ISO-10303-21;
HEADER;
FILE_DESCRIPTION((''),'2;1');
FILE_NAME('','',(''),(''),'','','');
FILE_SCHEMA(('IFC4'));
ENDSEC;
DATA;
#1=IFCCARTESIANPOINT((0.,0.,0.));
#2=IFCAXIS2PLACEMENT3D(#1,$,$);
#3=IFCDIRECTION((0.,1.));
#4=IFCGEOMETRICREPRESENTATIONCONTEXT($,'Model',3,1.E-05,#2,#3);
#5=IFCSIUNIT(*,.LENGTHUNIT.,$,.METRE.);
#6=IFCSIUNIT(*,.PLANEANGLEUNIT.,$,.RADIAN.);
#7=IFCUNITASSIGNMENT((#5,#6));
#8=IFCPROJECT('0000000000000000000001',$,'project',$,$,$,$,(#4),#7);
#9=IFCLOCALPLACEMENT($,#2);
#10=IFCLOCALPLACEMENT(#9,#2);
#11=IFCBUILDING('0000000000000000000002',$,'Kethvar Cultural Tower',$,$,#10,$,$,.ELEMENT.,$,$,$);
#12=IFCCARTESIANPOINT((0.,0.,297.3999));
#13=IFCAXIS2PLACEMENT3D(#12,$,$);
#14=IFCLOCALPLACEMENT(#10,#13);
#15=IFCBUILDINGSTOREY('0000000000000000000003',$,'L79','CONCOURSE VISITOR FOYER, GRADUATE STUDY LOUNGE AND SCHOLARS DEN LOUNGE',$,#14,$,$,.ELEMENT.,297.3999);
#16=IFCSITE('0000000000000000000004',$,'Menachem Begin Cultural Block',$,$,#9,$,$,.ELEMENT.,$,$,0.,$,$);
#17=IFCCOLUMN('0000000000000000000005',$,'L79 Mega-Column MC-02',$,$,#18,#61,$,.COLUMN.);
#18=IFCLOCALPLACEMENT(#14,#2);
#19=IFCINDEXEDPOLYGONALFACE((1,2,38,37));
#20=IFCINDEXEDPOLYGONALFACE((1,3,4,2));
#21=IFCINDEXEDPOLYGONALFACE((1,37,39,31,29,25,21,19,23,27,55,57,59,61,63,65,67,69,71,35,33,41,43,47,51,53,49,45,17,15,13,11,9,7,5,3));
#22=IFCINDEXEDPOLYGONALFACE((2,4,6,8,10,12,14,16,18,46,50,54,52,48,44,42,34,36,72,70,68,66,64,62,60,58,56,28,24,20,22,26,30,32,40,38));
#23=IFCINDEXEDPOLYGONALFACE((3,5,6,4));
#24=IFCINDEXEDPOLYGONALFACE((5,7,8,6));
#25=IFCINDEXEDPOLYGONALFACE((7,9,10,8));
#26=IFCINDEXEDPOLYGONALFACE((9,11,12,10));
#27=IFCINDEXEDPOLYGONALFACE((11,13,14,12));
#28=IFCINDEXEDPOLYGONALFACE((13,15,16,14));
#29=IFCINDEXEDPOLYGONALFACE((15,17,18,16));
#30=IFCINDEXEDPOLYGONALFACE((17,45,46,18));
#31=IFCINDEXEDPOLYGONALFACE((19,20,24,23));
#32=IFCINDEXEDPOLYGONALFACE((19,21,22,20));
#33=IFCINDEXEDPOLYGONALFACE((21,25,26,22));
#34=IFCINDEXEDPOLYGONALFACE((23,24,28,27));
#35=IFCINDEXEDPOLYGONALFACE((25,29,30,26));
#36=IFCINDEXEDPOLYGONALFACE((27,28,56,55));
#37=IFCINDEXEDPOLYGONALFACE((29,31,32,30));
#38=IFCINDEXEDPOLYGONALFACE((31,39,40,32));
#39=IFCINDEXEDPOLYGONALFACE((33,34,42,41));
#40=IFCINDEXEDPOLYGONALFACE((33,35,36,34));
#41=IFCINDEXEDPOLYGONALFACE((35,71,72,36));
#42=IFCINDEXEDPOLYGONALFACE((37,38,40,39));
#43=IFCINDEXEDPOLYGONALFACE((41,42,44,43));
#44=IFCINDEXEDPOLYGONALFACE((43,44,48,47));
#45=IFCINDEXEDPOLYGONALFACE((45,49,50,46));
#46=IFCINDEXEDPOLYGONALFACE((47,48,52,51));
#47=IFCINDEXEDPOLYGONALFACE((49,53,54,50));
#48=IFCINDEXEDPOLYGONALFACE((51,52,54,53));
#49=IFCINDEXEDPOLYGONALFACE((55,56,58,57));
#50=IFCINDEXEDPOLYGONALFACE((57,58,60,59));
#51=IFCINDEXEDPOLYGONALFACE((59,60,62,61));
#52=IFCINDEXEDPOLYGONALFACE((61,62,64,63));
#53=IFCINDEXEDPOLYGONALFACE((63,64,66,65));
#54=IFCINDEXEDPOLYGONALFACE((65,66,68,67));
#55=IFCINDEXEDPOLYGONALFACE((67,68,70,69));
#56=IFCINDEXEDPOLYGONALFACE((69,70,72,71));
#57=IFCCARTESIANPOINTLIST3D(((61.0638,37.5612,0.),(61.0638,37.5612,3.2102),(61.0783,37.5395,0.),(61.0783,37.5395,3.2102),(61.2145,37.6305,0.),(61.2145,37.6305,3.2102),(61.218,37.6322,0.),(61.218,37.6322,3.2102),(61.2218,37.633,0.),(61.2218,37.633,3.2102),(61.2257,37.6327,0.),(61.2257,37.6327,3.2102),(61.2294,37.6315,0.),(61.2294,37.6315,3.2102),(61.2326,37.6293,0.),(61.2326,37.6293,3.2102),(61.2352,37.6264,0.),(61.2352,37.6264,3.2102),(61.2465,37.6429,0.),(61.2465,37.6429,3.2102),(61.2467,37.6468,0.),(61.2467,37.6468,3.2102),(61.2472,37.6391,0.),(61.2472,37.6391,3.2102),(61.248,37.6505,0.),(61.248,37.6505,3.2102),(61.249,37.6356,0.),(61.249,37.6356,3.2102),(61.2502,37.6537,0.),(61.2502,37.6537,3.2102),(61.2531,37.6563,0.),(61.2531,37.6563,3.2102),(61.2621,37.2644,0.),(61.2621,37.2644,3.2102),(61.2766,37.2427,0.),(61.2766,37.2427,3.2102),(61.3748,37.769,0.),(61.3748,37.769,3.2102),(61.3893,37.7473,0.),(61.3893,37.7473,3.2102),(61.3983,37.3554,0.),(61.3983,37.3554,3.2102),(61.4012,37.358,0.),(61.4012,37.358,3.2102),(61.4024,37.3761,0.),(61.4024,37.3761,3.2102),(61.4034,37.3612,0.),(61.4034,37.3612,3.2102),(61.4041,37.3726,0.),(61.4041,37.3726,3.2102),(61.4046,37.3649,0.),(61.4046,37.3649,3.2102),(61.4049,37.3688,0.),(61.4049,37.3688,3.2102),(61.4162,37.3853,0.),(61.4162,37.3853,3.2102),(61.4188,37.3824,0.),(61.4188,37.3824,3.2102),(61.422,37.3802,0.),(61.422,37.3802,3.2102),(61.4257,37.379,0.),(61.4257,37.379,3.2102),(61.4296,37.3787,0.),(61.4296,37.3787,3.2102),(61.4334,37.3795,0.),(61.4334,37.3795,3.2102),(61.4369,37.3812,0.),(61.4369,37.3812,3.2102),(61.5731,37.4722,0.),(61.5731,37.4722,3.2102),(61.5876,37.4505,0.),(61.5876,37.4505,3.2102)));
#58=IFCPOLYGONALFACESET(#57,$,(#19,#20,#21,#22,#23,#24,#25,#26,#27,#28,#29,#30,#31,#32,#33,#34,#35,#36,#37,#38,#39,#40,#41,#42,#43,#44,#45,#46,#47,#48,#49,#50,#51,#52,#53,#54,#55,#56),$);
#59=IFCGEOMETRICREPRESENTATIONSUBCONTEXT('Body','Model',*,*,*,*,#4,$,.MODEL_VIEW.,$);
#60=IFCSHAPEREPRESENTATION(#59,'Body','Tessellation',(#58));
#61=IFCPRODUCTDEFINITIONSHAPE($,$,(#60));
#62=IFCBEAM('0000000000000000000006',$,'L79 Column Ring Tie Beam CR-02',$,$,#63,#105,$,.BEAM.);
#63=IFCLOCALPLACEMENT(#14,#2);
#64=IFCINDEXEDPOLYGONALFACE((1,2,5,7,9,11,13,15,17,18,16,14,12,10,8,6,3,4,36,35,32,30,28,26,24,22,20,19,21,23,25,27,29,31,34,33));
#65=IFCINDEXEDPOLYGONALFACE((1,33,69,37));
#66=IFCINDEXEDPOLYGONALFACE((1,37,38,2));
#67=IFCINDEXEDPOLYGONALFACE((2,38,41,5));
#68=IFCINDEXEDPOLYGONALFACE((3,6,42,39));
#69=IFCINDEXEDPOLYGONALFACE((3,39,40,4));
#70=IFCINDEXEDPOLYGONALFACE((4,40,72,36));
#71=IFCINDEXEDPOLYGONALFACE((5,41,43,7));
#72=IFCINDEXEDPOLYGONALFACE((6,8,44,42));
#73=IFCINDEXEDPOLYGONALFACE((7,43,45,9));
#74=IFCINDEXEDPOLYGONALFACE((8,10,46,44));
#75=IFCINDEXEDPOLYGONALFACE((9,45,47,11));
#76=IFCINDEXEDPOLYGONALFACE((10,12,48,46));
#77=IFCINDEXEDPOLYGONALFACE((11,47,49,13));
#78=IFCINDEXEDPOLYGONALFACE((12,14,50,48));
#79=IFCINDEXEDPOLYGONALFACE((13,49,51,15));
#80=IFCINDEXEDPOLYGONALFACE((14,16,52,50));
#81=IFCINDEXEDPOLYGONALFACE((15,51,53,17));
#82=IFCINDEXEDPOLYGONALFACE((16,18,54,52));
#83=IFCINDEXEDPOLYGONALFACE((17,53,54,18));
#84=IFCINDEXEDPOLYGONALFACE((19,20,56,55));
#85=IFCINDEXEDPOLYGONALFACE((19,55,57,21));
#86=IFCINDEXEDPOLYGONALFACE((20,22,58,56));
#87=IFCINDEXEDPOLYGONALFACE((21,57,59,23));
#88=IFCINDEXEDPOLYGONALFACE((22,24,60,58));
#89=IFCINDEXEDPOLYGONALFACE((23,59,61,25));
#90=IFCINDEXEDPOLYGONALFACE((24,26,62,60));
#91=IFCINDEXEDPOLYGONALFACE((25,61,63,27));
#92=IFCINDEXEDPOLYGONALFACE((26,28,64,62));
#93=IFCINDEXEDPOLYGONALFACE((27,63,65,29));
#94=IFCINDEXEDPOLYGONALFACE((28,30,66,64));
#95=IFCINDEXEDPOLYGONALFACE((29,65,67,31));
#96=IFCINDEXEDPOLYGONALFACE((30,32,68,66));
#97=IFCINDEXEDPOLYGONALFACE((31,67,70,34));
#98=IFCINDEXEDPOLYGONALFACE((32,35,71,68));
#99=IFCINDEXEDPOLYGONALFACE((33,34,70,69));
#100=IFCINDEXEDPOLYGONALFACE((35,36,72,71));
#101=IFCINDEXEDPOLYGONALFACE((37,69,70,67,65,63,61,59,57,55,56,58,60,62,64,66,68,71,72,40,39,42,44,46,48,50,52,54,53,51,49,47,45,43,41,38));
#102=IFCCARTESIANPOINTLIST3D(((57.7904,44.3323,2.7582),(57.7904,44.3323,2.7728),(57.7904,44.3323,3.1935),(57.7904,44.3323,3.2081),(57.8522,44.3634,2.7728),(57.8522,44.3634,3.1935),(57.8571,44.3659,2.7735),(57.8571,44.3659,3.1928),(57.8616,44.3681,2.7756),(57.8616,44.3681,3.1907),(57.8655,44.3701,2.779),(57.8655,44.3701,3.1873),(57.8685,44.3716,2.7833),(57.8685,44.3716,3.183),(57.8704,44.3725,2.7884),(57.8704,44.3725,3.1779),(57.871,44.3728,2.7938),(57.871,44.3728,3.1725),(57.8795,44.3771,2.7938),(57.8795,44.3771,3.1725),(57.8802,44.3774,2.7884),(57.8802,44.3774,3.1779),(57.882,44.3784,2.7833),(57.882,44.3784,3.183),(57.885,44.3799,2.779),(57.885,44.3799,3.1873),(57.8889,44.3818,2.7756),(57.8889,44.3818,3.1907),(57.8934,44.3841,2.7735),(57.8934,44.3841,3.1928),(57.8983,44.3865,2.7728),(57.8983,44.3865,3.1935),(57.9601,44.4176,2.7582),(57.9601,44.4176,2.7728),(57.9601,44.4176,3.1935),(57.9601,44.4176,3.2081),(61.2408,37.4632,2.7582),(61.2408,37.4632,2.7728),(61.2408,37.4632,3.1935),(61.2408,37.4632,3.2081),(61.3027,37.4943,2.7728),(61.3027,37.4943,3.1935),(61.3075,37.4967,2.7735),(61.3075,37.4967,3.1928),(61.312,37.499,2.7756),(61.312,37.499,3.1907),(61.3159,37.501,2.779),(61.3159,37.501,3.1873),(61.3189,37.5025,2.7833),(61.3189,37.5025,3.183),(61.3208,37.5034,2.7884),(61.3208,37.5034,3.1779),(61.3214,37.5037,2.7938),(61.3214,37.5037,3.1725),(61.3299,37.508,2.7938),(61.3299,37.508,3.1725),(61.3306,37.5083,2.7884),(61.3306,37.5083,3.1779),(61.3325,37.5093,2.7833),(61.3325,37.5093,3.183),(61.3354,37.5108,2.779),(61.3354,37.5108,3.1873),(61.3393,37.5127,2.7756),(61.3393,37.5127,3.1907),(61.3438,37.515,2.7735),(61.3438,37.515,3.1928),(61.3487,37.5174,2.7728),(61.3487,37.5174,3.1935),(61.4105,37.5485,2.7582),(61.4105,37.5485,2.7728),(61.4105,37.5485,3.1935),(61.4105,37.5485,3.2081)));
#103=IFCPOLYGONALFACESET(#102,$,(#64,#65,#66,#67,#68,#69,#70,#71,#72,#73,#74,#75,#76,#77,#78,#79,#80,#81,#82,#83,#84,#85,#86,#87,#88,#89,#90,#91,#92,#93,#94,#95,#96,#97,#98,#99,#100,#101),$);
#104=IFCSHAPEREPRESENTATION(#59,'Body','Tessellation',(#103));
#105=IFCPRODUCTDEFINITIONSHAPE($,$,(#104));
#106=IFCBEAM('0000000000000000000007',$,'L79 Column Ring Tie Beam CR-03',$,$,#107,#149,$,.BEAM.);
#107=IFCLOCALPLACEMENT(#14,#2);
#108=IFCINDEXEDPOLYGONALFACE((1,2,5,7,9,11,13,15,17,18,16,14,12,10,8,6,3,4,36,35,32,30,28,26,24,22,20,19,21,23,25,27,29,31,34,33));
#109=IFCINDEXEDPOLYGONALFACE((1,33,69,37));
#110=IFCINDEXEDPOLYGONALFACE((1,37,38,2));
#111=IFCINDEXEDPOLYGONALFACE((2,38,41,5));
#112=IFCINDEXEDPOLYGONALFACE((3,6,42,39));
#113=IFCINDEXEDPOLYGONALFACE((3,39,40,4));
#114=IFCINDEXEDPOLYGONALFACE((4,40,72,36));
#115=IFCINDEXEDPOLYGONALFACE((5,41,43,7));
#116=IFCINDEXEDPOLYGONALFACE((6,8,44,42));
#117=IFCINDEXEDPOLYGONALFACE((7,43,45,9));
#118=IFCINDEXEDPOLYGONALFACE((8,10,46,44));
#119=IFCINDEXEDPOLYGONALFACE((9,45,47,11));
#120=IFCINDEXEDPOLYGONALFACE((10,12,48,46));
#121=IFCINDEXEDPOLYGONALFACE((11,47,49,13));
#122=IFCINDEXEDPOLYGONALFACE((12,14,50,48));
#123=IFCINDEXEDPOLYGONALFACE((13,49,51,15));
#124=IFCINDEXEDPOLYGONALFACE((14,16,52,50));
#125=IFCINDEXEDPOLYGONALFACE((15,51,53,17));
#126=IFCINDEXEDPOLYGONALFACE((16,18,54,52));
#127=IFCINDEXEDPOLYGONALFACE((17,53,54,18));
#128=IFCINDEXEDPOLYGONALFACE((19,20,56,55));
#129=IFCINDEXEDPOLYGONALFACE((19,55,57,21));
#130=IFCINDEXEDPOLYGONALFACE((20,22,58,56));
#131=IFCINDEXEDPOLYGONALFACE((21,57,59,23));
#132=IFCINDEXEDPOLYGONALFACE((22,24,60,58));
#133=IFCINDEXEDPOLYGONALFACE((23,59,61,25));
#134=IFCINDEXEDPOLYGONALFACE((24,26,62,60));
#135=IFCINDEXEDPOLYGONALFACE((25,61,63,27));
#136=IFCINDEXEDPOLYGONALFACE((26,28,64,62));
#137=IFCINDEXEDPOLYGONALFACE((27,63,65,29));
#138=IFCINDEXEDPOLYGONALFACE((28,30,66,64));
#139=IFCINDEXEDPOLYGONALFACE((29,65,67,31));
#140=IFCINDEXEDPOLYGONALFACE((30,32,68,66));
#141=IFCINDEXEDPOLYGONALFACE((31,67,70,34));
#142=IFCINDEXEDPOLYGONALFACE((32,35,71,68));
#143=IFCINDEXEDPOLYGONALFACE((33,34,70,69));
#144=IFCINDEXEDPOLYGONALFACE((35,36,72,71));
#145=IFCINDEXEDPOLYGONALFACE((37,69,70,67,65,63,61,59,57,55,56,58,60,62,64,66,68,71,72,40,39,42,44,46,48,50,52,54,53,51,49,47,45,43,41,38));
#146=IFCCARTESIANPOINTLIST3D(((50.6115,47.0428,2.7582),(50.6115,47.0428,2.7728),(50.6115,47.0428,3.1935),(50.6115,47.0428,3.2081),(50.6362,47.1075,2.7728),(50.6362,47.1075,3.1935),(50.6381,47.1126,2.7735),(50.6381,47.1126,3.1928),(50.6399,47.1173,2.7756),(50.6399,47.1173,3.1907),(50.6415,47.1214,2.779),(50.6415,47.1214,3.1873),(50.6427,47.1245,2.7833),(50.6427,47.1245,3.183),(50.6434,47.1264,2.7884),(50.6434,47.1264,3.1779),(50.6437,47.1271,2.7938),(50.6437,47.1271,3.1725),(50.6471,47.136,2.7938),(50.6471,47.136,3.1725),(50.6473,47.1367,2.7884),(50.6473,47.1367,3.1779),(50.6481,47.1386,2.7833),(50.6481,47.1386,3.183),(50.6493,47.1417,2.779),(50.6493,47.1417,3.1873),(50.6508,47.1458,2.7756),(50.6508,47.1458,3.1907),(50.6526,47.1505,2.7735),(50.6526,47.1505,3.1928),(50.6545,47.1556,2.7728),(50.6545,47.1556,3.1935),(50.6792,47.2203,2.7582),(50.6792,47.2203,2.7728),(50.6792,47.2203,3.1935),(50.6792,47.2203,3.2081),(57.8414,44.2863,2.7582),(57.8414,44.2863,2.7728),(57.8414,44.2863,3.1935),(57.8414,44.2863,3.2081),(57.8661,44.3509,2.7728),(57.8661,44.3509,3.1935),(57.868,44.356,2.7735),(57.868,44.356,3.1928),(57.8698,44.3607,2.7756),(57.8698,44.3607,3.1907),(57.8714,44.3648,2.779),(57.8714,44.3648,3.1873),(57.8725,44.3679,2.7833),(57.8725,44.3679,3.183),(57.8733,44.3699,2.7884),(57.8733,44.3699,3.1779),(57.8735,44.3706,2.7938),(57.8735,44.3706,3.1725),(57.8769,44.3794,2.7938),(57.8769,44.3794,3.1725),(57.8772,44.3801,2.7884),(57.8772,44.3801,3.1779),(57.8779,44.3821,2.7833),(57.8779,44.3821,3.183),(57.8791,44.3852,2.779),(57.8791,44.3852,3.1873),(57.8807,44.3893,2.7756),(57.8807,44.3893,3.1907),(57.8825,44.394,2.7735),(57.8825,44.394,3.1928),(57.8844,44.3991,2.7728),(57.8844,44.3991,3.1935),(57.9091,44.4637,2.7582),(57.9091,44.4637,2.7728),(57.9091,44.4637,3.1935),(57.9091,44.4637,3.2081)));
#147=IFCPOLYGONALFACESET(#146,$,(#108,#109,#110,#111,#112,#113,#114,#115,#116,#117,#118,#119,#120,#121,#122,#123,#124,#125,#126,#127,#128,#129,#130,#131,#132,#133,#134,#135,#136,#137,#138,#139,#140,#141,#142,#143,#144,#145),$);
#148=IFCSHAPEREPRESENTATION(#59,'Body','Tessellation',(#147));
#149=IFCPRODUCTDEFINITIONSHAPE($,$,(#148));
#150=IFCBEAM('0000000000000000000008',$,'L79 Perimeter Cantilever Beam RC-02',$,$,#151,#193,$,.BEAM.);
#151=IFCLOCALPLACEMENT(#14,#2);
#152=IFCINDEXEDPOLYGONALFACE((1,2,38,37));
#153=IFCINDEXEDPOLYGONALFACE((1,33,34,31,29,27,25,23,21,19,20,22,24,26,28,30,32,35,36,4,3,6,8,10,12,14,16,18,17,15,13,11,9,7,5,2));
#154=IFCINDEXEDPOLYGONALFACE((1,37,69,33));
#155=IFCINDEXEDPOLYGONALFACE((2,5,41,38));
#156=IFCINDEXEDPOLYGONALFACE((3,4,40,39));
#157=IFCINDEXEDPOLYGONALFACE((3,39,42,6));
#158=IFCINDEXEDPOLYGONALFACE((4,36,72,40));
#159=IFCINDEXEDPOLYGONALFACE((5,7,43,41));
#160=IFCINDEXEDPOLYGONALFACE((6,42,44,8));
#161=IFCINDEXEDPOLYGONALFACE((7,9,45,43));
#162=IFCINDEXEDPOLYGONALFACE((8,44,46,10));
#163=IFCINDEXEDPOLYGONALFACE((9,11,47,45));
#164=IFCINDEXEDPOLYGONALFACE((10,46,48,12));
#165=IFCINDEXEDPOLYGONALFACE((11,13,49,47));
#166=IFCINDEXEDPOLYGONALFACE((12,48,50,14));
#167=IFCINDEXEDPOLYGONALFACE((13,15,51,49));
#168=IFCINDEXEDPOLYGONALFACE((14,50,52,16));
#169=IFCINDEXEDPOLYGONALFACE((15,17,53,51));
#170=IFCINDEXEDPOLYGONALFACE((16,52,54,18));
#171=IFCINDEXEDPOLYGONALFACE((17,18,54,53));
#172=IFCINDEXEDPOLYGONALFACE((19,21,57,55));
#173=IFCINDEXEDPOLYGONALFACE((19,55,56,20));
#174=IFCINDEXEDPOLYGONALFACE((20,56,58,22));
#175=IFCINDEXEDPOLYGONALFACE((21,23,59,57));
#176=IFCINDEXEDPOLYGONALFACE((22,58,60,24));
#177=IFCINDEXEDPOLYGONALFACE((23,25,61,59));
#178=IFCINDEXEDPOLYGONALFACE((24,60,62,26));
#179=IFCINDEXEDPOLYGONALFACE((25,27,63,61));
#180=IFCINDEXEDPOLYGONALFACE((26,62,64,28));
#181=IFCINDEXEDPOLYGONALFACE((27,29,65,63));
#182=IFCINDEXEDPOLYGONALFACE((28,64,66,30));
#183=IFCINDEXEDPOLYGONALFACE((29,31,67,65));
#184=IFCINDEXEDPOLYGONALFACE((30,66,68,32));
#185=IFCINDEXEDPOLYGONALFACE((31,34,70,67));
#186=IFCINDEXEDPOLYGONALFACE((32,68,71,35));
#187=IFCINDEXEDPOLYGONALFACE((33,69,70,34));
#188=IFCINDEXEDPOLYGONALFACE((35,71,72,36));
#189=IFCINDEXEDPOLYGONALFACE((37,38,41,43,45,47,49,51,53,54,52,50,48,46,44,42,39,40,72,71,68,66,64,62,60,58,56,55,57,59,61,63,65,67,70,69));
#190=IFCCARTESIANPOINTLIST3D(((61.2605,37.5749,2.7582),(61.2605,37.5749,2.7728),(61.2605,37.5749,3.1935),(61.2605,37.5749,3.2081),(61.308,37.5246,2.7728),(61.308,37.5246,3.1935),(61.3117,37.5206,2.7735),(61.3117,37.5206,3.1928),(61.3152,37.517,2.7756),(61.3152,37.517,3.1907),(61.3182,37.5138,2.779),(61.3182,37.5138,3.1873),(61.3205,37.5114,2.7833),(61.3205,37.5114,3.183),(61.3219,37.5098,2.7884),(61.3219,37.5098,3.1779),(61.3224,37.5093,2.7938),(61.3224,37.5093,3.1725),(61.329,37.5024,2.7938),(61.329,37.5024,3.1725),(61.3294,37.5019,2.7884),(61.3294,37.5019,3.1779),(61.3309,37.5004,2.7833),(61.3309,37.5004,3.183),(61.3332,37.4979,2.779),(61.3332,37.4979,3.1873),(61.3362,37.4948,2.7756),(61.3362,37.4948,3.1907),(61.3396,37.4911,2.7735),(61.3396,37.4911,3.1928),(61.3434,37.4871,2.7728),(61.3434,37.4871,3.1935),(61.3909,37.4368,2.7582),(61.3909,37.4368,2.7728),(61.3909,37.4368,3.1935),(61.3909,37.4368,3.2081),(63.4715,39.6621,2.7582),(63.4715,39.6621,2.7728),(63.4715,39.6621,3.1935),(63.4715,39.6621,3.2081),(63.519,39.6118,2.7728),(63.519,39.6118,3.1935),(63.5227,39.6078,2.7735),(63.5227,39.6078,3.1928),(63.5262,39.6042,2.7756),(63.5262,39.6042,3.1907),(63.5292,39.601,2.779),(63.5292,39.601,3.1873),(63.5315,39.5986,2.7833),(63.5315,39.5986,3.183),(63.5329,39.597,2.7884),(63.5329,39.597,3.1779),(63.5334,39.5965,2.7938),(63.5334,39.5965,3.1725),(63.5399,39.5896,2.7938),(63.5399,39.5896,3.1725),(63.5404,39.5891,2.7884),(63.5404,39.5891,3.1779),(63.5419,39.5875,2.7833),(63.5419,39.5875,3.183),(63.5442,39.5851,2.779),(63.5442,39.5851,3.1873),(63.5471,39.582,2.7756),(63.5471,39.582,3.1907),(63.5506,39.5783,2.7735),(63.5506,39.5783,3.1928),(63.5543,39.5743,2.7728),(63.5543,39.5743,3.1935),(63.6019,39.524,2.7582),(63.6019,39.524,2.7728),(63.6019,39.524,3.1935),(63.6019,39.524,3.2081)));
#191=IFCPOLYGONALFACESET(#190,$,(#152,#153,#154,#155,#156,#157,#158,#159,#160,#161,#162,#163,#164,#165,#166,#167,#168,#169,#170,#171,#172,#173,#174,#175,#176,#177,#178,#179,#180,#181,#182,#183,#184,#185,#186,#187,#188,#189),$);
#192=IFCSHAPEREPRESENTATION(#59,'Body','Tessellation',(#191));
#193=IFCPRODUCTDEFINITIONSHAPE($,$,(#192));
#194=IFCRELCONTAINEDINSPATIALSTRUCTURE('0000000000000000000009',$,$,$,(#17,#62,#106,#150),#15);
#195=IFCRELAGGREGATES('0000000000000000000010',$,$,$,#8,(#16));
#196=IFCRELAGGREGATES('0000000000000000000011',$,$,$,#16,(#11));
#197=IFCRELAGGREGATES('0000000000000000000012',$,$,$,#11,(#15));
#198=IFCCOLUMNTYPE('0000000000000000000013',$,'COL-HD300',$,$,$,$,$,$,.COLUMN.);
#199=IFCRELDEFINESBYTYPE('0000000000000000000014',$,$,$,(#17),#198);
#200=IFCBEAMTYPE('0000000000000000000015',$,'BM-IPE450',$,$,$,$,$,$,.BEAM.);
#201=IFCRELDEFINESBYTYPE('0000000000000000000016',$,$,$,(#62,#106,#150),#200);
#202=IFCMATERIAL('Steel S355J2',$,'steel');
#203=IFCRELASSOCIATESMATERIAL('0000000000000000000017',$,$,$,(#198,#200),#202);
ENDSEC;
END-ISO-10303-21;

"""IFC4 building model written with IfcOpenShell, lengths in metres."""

from ifc_helpers import new_model, si_unit, direction, frame, origin, origin_2d, place, context, subcontext, project, spatial, i_section, extrude, source, transform, mapped, material, material_profile, profile_set, type_object, element, save


model = new_model("IFC4")

# Units and contexts
model_context = context("Model", 3, precision=1e-05, world=origin(), true_north=direction((0.0, 1.0)))
body_context = subcontext(model_context, "Body", "Model", "MODEL_VIEW")
ifc_project = project(units=[si_unit("LENGTHUNIT", "METRE"), si_unit("PLANEANGLEUNIT", "RADIAN")], contexts=[model_context])

# Site, building, storey
site_placement = place(None, origin())
site = spatial("IfcSite", under=ifc_project, at=site_placement, Name="Menachem Begin Cultural Block", CompositionType="ELEMENT", RefElevation=0.0)
building_placement = place(site_placement, origin())
building = spatial("IfcBuilding", under=site, at=building_placement, Name="Kethvar Cultural Tower", CompositionType="ELEMENT")
storey_placement = place(building_placement, frame((0.0, 0.0, 297.3999)))
storey = spatial("IfcBuildingStorey", under=building, at=storey_placement, Name="L79", Description="CONCOURSE VISITOR FOYER, GRADUATE STUDY LOUNGE AND SCHOLARS DEN LOUNGE", CompositionType="ELEMENT", Elevation=297.3999)

# Column
ifc_material_1 = material(Name="Steel S355J2", Category="steel")
ifc_material_profile_1 = material_profile(ifc_material_1, i_section(OverallWidth=0.374, OverallDepth=0.3831, WebThickness=0.0166, FlangeThickness=0.0261, FilletRadius=0.0149, at=origin_2d()), Name="Steel S355J2 — HD360x300")
ifc_profile_set_1 = profile_set([ifc_material_profile_1], Name="Steel S355J2 — HD360x300")
column_type = type_object("IfcColumnType", Name="COL-HD300", PredefinedType="COLUMN", material=ifc_profile_set_1)
shared_shape_1 = source(origin(), body_context, "Body", "SweptSolid", [
    extrude(i_section(OverallWidth=0.374, OverallDepth=0.3831, WebThickness=0.0166, FlangeThickness=0.0261, FilletRadius=0.0149, at=origin_2d()), origin(), (0.0, 0.0, 1.0), 3.2102),
])
column_placement = place(storey_placement, frame((61.3257, 37.5059, 0.0), z_axis=(0.0, 0.0, 1.0), x_axis=(0.83147, 0.55557, 0.0)))
element("IfcColumn", 1, at=column_placement, inside=storey, type_object=column_type, Name="L79 Mega-Column MC-02", PredefinedType="COLUMN", context=body_context, shape_type="MappedRepresentation", body=[
    mapped(shared_shape_1, transform((0.0, 0.0, 0.0), scale=1.0)),
])

# Beams
ifc_material_profile_2 = material_profile(ifc_material_1, i_section(OverallWidth=0.1899, OverallDepth=0.45, WebThickness=0.0095, FlangeThickness=0.0146, FilletRadius=0.021, at=origin_2d()), Name="Steel S355J2 — IPE450")
ifc_profile_set_2 = profile_set([ifc_material_profile_2], Name="Steel S355J2 — IPE450")
beam_type_1 = type_object("IfcBeamType", Name="BM-IPE450", PredefinedType="BEAM", material=ifc_profile_set_2)
shared_shape_2 = source(origin(), body_context, "Body", "SweptSolid", [
    extrude(i_section(OverallWidth=0.1899, OverallDepth=0.45, WebThickness=0.0095, FlangeThickness=0.0146, FilletRadius=0.021, at=origin_2d()), origin(), (0.0, 0.0, 1.0), 7.687),
])
beam_1_placement = place(storey_placement, frame((61.3257, 37.5059, 2.9832), z_axis=(-0.448864, 0.8936, 0.0), x_axis=(-0.8936, -0.448864, 0.0)))
element("IfcBeam", 2, at=beam_1_placement, inside=storey, type_object=beam_type_1, Name="L79 Column Ring Tie Beam CR-02", PredefinedType="BEAM", context=body_context, shape_type="MappedRepresentation", body=[
    mapped(shared_shape_2, transform((0.0, 0.0, 0.0), scale=1.0)),
])
shared_shape_3 = source(origin(), body_context, "Body", "SweptSolid", [
    extrude(i_section(OverallWidth=0.1899, OverallDepth=0.45, WebThickness=0.0095, FlangeThickness=0.0146, FilletRadius=0.021, at=origin_2d()), origin(), (0.0, 0.0, 1.0), 7.7375),
])
beam_2_placement = place(storey_placement, frame((57.8752, 44.375, 2.9832), z_axis=(-0.934388, 0.356256, 0.0), x_axis=(-0.356256, -0.934388, 0.0)))
element("IfcBeam", 3, at=beam_2_placement, inside=storey, type_object=beam_type_1, Name="L79 Column Ring Tie Beam CR-03", PredefinedType="BEAM", context=body_context, shape_type="MappedRepresentation", body=[
    mapped(shared_shape_3, transform((0.0, 0.0, 0.0), scale=1.0)),
])
shared_shape_4 = source(origin(), body_context, "Body", "SweptSolid", [
    extrude(i_section(OverallWidth=0.1899, OverallDepth=0.45, WebThickness=0.0095, FlangeThickness=0.0146, FilletRadius=0.021, at=origin_2d()), origin(), (0.0, 0.0, 1.0), 3.0405),
])
beam_3_placement = place(storey_placement, frame((61.3257, 37.5059, 2.9832), z_axis=(0.727169, 0.686458, 0.0), x_axis=(-0.686458, 0.727169, 0.0)))
element("IfcBeam", 4, at=beam_3_placement, inside=storey, type_object=beam_type_1, Name="L79 Perimeter Cantilever Beam RC-02", PredefinedType="BEAM", context=body_context, shape_type="MappedRepresentation", body=[
    mapped(shared_shape_4, transform((0.0, 0.0, 0.0), scale=1.0)),
])

save(model, "model.ifc")
